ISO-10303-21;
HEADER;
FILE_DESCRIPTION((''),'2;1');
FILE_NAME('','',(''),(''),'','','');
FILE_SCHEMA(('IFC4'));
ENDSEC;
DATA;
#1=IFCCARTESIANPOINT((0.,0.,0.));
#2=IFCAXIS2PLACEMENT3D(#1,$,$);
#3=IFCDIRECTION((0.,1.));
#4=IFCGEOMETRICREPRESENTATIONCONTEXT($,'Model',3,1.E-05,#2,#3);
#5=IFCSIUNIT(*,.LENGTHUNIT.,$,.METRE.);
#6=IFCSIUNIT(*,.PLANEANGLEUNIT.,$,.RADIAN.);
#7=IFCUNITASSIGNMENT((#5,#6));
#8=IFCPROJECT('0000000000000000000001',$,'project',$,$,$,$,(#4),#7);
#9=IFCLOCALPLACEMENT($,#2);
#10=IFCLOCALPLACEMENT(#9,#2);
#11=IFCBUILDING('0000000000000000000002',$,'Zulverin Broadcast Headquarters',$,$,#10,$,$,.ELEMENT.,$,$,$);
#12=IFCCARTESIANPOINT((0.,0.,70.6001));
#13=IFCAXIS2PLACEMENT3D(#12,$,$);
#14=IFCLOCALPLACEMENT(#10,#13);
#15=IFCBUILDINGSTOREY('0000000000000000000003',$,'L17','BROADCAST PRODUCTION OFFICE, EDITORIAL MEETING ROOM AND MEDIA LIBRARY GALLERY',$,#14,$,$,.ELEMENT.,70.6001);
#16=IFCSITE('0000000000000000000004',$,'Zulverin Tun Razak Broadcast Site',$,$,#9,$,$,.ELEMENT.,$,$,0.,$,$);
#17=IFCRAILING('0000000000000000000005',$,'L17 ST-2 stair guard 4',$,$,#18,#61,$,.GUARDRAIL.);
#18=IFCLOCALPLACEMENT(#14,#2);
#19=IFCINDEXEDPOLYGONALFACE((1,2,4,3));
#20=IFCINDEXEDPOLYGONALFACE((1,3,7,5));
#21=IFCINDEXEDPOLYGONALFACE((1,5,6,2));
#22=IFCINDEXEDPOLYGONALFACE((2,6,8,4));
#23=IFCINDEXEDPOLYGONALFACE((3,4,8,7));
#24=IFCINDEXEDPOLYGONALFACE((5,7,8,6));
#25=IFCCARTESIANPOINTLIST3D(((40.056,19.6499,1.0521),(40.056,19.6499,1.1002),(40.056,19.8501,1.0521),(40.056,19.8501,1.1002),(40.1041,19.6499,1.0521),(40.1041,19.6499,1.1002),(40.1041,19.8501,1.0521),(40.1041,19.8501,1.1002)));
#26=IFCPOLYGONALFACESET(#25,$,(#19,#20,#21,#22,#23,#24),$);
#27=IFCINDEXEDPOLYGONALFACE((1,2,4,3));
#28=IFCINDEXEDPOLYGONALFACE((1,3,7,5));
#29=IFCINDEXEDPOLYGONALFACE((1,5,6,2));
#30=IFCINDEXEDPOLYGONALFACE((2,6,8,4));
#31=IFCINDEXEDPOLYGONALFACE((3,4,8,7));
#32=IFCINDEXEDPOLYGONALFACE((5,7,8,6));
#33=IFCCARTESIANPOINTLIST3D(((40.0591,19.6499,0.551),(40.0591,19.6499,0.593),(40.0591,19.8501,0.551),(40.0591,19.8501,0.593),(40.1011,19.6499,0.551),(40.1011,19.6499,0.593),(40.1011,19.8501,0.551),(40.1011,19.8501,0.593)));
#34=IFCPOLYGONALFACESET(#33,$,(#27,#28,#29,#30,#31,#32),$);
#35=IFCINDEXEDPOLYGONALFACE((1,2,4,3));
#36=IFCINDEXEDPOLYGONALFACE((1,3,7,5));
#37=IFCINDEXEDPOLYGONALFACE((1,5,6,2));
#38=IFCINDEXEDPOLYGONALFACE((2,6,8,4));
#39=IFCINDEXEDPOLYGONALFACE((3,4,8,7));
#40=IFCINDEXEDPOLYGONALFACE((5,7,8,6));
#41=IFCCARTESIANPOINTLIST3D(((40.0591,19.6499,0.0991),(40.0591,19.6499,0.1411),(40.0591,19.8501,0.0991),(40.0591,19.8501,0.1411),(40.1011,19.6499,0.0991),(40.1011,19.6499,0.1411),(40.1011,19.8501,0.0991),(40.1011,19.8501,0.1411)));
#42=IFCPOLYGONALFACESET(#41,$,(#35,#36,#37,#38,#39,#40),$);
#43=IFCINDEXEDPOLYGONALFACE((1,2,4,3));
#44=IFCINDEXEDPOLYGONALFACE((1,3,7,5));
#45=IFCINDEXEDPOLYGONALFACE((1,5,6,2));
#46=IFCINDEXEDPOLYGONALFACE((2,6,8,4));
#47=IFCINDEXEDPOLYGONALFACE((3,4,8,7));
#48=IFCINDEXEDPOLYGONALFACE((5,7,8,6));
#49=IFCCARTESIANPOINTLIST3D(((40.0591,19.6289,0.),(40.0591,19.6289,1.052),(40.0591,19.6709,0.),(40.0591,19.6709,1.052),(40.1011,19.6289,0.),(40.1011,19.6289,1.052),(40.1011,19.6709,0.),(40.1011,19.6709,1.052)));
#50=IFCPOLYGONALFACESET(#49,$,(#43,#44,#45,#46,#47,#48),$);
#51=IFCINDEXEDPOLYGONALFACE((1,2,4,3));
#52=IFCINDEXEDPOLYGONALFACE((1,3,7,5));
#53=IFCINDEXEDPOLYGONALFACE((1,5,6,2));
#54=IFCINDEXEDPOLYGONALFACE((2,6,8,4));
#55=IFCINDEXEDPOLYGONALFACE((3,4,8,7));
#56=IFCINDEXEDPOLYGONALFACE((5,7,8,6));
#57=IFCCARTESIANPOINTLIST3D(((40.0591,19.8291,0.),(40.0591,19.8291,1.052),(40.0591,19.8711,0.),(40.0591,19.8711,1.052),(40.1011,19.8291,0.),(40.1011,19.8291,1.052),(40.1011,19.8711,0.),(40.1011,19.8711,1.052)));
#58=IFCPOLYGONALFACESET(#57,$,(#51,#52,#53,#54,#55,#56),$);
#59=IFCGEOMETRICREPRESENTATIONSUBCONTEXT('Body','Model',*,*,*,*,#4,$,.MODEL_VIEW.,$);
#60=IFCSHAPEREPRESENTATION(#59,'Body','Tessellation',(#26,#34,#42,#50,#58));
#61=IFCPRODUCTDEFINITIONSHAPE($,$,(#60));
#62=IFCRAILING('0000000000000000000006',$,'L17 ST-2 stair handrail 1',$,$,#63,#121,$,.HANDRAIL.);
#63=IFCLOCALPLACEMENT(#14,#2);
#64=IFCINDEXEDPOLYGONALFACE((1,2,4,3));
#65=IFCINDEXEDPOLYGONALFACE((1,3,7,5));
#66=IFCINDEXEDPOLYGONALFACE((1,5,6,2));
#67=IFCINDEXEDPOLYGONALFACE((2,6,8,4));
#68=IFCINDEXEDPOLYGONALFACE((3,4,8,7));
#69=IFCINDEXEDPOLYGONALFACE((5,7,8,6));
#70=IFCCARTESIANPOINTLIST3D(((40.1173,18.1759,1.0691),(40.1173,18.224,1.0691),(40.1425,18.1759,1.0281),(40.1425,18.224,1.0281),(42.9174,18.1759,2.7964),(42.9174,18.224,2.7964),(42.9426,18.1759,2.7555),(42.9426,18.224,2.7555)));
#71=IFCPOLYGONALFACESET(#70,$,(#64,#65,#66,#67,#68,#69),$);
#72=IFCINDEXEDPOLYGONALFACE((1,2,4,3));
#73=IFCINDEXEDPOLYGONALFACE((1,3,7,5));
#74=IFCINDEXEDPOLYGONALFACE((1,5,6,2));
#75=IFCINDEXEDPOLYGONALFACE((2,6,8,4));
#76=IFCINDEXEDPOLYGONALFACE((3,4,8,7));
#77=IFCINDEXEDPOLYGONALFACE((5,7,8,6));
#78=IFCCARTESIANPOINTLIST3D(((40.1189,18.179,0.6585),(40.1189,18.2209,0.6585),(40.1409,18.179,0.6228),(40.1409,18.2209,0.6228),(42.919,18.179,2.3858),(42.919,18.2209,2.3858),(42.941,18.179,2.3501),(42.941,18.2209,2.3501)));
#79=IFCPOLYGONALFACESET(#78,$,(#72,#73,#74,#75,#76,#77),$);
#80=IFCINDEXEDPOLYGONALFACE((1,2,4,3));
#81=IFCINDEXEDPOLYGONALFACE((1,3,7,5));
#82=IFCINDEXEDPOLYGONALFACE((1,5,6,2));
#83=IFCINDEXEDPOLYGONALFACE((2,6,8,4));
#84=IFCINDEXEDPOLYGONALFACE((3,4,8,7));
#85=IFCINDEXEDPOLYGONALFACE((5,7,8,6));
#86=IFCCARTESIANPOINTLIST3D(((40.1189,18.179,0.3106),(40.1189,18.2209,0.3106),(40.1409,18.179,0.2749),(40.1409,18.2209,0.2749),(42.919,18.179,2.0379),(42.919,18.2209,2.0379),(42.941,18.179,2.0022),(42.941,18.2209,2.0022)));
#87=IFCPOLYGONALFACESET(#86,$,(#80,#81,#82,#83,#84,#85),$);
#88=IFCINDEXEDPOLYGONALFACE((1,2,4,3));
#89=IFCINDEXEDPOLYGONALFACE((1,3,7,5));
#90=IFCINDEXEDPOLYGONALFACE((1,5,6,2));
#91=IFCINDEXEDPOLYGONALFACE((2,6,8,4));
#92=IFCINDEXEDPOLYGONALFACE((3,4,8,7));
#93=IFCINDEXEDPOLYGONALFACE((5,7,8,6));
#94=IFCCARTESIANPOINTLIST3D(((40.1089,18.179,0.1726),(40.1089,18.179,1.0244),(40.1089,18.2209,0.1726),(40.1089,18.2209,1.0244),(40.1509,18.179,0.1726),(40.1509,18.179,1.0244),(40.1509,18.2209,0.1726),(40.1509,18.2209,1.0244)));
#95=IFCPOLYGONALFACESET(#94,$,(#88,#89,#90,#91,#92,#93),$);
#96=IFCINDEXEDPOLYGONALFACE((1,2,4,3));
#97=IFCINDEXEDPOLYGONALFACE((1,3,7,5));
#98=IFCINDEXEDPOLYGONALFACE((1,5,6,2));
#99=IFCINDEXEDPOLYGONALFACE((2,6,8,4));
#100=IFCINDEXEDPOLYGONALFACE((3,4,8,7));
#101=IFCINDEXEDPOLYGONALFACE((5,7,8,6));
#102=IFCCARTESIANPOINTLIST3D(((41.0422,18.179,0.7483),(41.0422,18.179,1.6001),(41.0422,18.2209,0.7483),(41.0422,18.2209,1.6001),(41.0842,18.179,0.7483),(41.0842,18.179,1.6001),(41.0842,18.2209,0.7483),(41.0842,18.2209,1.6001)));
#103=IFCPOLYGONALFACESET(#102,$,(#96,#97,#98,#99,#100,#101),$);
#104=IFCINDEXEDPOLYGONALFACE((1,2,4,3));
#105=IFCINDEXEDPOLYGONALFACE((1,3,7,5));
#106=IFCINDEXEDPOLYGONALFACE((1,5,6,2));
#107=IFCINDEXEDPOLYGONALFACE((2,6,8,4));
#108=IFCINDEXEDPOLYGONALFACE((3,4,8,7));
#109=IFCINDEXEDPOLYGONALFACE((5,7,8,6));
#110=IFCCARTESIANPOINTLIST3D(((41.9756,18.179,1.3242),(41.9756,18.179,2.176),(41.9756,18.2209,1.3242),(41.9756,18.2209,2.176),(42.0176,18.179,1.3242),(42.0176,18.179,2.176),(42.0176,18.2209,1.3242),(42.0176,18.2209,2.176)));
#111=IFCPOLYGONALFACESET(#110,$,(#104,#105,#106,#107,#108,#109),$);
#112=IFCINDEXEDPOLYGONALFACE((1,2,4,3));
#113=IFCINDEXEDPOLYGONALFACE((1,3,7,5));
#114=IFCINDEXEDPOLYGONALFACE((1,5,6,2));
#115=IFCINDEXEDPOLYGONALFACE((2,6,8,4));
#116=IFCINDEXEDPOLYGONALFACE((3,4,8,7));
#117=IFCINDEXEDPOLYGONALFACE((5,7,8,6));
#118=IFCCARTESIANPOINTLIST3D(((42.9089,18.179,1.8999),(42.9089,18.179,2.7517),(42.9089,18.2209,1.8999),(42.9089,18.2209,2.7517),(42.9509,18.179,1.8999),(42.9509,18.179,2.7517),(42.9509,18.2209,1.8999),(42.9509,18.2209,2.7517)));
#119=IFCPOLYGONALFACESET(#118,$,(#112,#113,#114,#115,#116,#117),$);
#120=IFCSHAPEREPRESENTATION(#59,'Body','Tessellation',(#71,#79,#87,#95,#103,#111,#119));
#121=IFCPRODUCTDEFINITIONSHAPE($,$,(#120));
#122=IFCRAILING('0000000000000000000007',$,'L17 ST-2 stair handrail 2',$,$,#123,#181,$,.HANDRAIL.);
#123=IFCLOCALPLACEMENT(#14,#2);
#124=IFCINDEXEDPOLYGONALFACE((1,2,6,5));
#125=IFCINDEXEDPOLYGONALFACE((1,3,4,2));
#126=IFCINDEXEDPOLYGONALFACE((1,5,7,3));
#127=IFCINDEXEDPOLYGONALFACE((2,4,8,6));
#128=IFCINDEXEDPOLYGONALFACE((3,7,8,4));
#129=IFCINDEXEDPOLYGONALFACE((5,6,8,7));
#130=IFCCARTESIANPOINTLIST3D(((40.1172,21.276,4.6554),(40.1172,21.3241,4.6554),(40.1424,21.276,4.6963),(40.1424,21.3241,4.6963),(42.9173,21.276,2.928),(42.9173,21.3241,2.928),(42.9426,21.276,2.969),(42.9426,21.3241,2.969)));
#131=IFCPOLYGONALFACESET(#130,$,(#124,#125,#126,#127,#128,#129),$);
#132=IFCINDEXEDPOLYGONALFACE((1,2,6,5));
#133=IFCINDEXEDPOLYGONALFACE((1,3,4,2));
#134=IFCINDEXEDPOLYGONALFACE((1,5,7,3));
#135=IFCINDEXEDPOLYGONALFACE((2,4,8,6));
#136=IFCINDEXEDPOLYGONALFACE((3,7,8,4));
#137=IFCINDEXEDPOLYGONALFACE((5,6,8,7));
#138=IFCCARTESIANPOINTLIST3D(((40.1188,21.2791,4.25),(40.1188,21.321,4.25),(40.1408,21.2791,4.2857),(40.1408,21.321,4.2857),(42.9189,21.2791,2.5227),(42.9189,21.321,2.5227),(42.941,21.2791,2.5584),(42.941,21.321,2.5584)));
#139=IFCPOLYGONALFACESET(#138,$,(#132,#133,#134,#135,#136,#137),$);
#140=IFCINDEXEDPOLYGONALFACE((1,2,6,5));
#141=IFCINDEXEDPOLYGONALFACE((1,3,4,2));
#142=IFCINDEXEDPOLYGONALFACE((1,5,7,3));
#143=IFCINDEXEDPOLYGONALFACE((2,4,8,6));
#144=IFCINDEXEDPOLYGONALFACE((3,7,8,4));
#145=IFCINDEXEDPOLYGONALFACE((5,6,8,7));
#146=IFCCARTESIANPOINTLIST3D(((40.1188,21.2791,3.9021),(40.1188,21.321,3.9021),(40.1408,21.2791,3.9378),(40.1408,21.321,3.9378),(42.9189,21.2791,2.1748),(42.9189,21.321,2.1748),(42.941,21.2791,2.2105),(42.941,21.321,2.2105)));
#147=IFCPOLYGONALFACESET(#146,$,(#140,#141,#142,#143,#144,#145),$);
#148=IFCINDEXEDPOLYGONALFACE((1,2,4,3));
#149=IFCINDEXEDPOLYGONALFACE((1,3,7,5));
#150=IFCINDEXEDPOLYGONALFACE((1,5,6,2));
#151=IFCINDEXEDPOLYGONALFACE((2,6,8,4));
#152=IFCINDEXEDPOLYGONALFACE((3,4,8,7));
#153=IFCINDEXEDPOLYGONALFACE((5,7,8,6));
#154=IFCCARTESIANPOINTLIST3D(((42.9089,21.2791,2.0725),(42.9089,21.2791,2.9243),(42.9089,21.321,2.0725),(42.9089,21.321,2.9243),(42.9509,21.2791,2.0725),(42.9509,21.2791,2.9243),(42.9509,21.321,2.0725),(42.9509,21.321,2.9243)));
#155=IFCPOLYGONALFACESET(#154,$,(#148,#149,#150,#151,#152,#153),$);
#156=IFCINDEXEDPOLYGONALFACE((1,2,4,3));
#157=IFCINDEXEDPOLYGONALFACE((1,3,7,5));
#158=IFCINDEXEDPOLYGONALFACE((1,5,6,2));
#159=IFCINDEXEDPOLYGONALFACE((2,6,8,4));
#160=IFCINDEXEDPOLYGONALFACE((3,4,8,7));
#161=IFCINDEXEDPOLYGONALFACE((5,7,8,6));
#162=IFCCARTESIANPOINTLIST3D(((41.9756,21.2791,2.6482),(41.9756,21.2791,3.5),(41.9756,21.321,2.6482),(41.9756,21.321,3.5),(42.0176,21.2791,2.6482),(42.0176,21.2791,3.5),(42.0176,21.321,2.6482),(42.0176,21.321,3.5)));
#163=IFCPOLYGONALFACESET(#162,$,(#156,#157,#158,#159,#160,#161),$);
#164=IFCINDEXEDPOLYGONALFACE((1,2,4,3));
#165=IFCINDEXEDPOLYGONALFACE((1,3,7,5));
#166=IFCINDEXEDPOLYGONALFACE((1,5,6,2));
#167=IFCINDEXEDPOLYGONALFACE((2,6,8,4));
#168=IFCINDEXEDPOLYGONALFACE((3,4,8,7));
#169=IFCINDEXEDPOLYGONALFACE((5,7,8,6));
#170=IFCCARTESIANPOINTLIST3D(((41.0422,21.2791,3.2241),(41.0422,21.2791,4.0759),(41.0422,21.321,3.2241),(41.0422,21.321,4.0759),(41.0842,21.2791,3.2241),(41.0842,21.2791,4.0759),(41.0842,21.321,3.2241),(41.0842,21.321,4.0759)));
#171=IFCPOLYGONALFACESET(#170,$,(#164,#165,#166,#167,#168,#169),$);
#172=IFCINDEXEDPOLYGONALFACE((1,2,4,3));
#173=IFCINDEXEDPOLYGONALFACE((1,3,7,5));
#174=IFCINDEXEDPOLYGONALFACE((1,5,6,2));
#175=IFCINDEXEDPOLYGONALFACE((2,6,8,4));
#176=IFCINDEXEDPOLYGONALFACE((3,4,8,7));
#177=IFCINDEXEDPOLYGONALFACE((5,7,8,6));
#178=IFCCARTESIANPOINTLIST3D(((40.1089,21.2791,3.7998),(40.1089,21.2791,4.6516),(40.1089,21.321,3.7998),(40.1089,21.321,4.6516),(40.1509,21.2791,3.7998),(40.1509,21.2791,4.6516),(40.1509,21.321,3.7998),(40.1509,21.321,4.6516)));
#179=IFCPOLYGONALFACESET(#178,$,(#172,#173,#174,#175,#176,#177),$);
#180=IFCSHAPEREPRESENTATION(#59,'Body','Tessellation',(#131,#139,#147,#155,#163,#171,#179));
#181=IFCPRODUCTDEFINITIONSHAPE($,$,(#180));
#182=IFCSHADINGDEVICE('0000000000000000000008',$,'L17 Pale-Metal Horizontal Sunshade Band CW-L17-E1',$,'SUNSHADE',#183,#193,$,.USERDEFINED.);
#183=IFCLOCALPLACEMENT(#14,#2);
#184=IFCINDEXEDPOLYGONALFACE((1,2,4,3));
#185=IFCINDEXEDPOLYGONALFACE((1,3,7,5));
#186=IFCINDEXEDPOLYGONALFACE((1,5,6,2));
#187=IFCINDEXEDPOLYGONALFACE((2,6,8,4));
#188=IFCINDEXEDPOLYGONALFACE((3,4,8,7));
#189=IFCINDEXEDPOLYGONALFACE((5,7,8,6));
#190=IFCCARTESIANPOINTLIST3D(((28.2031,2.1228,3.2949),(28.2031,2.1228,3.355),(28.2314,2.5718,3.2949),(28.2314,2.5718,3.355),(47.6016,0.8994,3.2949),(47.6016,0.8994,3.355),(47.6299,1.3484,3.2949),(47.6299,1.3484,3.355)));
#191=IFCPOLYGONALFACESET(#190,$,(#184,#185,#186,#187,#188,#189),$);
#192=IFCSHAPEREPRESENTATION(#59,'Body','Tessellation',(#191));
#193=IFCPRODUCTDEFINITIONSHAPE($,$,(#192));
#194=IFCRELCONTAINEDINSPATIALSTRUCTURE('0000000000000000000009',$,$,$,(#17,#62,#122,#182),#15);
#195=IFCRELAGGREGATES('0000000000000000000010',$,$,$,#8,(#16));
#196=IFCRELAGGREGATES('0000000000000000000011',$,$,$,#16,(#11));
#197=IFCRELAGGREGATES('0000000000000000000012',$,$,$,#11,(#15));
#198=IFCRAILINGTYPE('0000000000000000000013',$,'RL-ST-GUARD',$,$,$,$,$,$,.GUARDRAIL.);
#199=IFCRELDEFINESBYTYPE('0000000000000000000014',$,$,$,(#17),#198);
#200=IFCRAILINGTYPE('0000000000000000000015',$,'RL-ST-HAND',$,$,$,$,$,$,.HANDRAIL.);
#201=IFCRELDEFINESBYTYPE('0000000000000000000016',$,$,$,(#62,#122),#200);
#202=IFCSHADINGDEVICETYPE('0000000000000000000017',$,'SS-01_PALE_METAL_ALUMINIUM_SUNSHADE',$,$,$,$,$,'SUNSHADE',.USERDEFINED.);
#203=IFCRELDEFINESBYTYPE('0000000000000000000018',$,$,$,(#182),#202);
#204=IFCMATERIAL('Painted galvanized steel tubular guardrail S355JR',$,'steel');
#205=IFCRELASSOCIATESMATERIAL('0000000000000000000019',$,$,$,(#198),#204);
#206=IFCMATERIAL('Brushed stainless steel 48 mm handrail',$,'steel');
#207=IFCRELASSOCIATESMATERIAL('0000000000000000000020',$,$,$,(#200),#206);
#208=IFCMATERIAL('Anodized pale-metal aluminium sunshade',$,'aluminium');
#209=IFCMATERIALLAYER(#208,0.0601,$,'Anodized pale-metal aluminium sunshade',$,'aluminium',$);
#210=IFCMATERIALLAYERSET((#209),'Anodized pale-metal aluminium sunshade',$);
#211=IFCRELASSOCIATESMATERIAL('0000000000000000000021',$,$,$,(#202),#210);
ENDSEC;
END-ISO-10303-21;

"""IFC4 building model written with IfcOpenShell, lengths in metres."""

from ifc_helpers import new_model, si_unit, direction, frame, origin, origin_2d, place, context, subcontext, project, spatial, rectangle, extrude, material, layer, layer_set, type_object, element, save


model = new_model("IFC4")

# Units and contexts
model_context = context("Model", 3, precision=1e-05, world=origin(), true_north=direction((0.0, 1.0)))
body_context = subcontext(model_context, "Body", "Model", "MODEL_VIEW")
ifc_project = project(units=[si_unit("LENGTHUNIT", "METRE"), si_unit("PLANEANGLEUNIT", "RADIAN")], contexts=[model_context])

# Site, building, storey
site_placement = place(None, origin())
site = spatial("IfcSite", under=ifc_project, at=site_placement, Name="Zulverin Tun Razak Broadcast Site", CompositionType="ELEMENT", RefElevation=0.0)
building_placement = place(site_placement, origin())
building = spatial("IfcBuilding", under=site, at=building_placement, Name="Zulverin Broadcast Headquarters", CompositionType="ELEMENT")
storey_placement = place(building_placement, frame((0.0, 0.0, 70.6001)))
storey = spatial("IfcBuildingStorey", under=building, at=storey_placement, Name="L17", Description="BROADCAST PRODUCTION OFFICE, EDITORIAL MEETING ROOM AND MEDIA LIBRARY GALLERY", CompositionType="ELEMENT", Elevation=70.6001)

# Railings
ifc_material_1 = material(Name="Painted galvanized steel tubular guardrail S355JR", Category="steel")
railing_type_1 = type_object("IfcRailingType", Name="RL-ST-GUARD", PredefinedType="GUARDRAIL", material=ifc_material_1)
railing_1_placement = place(storey_placement, frame((40.0801, 19.6499, 0.0)))
element("IfcRailing", 1, at=railing_1_placement, inside=storey, type_object=railing_type_1, Name="L17 ST-2 stair guard 4", PredefinedType="GUARDRAIL", context=body_context, shape_type="SweptSolid", body=[
    extrude(rectangle(XDim=0.0481, YDim=0.0481, at=origin_2d()), frame((0.0, 0.0, 1.0762), z_axis=(0.0, 1.0, 0.0), x_axis=(-1.0, 0.0, 0.0)), (0.0, 0.0, 1.0), 0.2002),
    extrude(rectangle(XDim=0.042, YDim=0.042, at=origin_2d()), frame((0.0, 0.0, 0.572), z_axis=(0.0, 1.0, 0.0), x_axis=(-1.0, 0.0, 0.0)), (0.0, 0.0, 1.0), 0.2002),
    extrude(rectangle(XDim=0.042, YDim=0.042, at=origin_2d()), frame((0.0, 0.0, 0.1201), z_axis=(0.0, 1.0, 0.0), x_axis=(-1.0, 0.0, 0.0)), (0.0, 0.0, 1.0), 0.2002),
    extrude(rectangle(XDim=0.042, YDim=0.042, at=origin_2d()), origin(), (0.0, 0.0, 1.0), 1.052),
    extrude(rectangle(XDim=0.042, YDim=0.042, at=origin_2d()), frame((0.0, 0.2002, 0.0)), (0.0, 0.0, 1.0), 1.052),
])
ifc_material_2 = material(Name="Brushed stainless steel 48 mm handrail", Category="steel")
railing_type_2 = type_object("IfcRailingType", Name="RL-ST-HAND", PredefinedType="HANDRAIL", material=ifc_material_2)
railing_2_placement = place(storey_placement, frame((40.1299, 18.2, 0.1726)))
element("IfcRailing", 2, at=railing_2_placement, inside=storey, type_object=railing_type_2, Name="L17 ST-2 stair handrail 1", PredefinedType="HANDRAIL", context=body_context, shape_type="SweptSolid", body=[
    extrude(rectangle(XDim=0.0481, YDim=0.0481, at=origin_2d()), frame((0.0, 0.0, 0.876), z_axis=(0.85109, 0.0, 0.52502), x_axis=(0.0, 1.0, 0.0)), (0.0, 0.0, 1.0), 3.29),
    extrude(rectangle(XDim=0.042, YDim=0.042, at=origin_2d()), frame((0.0, 0.0, 0.468), z_axis=(0.85109, 0.0, 0.52502), x_axis=(0.0, 1.0, 0.0)), (0.0, 0.0, 1.0), 3.29),
    extrude(rectangle(XDim=0.042, YDim=0.042, at=origin_2d()), frame((0.0, 0.0, 0.1201), z_axis=(0.85109, 0.0, 0.52502), x_axis=(0.0, 1.0, 0.0)), (0.0, 0.0, 1.0), 3.29),
    extrude(rectangle(XDim=0.042, YDim=0.042, at=origin_2d()), origin(), (0.0, 0.0, 1.0), 0.8518),
    extrude(rectangle(XDim=0.042, YDim=0.042, at=origin_2d()), frame((0.9333, 0.0, 0.5757)), (0.0, 0.0, 1.0), 0.8518),
    extrude(rectangle(XDim=0.042, YDim=0.042, at=origin_2d()), frame((1.8667, 0.0, 1.1516)), (0.0, 0.0, 1.0), 0.8518),
    extrude(rectangle(XDim=0.042, YDim=0.042, at=origin_2d()), frame((2.8, 0.0, 1.7273)), (0.0, 0.0, 1.0), 0.8518),
])
railing_3_placement = place(storey_placement, frame((42.9299, 21.3, 2.0725)))
element("IfcRailing", 3, at=railing_3_placement, inside=storey, type_object=railing_type_2, Name="L17 ST-2 stair handrail 2", PredefinedType="HANDRAIL", context=body_context, shape_type="SweptSolid", body=[
    extrude(rectangle(XDim=0.0481, YDim=0.0481, at=origin_2d()), frame((0.0, 0.0, 0.876), z_axis=(-0.85109, 0.0, 0.52502), x_axis=(0.0, -1.0, 0.0)), (0.0, 0.0, 1.0), 3.29),
    extrude(rectangle(XDim=0.042, YDim=0.042, at=origin_2d()), frame((0.0, 0.0, 0.468), z_axis=(-0.85109, 0.0, 0.52502), x_axis=(0.0, -1.0, 0.0)), (0.0, 0.0, 1.0), 3.29),
    extrude(rectangle(XDim=0.042, YDim=0.042, at=origin_2d()), frame((0.0, 0.0, 0.1201), z_axis=(-0.85109, 0.0, 0.52502), x_axis=(0.0, -1.0, 0.0)), (0.0, 0.0, 1.0), 3.29),
    extrude(rectangle(XDim=0.042, YDim=0.042, at=origin_2d()), origin(), (0.0, 0.0, 1.0), 0.8518),
    extrude(rectangle(XDim=0.042, YDim=0.042, at=origin_2d()), frame((-0.9333, 0.0, 0.5757)), (0.0, 0.0, 1.0), 0.8518),
    extrude(rectangle(XDim=0.042, YDim=0.042, at=origin_2d()), frame((-1.8667, 0.0, 1.1516)), (0.0, 0.0, 1.0), 0.8518),
    extrude(rectangle(XDim=0.042, YDim=0.042, at=origin_2d()), frame((-2.8, 0.0, 1.7273)), (0.0, 0.0, 1.0), 0.8518),
])

# Shading device
ifc_material_3 = material(Name="Anodized pale-metal aluminium sunshade", Category="aluminium")
ifc_layer_1 = layer(ifc_material_3, 0.0601, Name="Anodized pale-metal aluminium sunshade", Category="aluminium")
ifc_layer_set_1 = layer_set([ifc_layer_1], Name="Anodized pale-metal aluminium sunshade")
shading_device_type = type_object("IfcShadingDeviceType", Name="SS-01_PALE_METAL_ALUMINIUM_SUNSHADE", ElementType="SUNSHADE", PredefinedType="USERDEFINED", material=ifc_layer_set_1)
shading_device_placement = place(storey_placement, frame((37.9165, 1.7356, 3.2949), z_axis=(0.0, 0.0, 1.0), x_axis=(0.998017, -0.062942, 0.0)))
element("IfcShadingDevice", 4, at=shading_device_placement, inside=storey, type_object=shading_device_type, Name="L17 Pale-Metal Horizontal Sunshade Band CW-L17-E1", ObjectType="SUNSHADE", PredefinedType="USERDEFINED", context=body_context, shape_type="SweptSolid", body=[
    extrude(rectangle(XDim=19.437, YDim=0.45, at=origin_2d()), origin(), (0.0, 0.0, 1.0), 0.0601),
])

save(model, "model.ifc")
